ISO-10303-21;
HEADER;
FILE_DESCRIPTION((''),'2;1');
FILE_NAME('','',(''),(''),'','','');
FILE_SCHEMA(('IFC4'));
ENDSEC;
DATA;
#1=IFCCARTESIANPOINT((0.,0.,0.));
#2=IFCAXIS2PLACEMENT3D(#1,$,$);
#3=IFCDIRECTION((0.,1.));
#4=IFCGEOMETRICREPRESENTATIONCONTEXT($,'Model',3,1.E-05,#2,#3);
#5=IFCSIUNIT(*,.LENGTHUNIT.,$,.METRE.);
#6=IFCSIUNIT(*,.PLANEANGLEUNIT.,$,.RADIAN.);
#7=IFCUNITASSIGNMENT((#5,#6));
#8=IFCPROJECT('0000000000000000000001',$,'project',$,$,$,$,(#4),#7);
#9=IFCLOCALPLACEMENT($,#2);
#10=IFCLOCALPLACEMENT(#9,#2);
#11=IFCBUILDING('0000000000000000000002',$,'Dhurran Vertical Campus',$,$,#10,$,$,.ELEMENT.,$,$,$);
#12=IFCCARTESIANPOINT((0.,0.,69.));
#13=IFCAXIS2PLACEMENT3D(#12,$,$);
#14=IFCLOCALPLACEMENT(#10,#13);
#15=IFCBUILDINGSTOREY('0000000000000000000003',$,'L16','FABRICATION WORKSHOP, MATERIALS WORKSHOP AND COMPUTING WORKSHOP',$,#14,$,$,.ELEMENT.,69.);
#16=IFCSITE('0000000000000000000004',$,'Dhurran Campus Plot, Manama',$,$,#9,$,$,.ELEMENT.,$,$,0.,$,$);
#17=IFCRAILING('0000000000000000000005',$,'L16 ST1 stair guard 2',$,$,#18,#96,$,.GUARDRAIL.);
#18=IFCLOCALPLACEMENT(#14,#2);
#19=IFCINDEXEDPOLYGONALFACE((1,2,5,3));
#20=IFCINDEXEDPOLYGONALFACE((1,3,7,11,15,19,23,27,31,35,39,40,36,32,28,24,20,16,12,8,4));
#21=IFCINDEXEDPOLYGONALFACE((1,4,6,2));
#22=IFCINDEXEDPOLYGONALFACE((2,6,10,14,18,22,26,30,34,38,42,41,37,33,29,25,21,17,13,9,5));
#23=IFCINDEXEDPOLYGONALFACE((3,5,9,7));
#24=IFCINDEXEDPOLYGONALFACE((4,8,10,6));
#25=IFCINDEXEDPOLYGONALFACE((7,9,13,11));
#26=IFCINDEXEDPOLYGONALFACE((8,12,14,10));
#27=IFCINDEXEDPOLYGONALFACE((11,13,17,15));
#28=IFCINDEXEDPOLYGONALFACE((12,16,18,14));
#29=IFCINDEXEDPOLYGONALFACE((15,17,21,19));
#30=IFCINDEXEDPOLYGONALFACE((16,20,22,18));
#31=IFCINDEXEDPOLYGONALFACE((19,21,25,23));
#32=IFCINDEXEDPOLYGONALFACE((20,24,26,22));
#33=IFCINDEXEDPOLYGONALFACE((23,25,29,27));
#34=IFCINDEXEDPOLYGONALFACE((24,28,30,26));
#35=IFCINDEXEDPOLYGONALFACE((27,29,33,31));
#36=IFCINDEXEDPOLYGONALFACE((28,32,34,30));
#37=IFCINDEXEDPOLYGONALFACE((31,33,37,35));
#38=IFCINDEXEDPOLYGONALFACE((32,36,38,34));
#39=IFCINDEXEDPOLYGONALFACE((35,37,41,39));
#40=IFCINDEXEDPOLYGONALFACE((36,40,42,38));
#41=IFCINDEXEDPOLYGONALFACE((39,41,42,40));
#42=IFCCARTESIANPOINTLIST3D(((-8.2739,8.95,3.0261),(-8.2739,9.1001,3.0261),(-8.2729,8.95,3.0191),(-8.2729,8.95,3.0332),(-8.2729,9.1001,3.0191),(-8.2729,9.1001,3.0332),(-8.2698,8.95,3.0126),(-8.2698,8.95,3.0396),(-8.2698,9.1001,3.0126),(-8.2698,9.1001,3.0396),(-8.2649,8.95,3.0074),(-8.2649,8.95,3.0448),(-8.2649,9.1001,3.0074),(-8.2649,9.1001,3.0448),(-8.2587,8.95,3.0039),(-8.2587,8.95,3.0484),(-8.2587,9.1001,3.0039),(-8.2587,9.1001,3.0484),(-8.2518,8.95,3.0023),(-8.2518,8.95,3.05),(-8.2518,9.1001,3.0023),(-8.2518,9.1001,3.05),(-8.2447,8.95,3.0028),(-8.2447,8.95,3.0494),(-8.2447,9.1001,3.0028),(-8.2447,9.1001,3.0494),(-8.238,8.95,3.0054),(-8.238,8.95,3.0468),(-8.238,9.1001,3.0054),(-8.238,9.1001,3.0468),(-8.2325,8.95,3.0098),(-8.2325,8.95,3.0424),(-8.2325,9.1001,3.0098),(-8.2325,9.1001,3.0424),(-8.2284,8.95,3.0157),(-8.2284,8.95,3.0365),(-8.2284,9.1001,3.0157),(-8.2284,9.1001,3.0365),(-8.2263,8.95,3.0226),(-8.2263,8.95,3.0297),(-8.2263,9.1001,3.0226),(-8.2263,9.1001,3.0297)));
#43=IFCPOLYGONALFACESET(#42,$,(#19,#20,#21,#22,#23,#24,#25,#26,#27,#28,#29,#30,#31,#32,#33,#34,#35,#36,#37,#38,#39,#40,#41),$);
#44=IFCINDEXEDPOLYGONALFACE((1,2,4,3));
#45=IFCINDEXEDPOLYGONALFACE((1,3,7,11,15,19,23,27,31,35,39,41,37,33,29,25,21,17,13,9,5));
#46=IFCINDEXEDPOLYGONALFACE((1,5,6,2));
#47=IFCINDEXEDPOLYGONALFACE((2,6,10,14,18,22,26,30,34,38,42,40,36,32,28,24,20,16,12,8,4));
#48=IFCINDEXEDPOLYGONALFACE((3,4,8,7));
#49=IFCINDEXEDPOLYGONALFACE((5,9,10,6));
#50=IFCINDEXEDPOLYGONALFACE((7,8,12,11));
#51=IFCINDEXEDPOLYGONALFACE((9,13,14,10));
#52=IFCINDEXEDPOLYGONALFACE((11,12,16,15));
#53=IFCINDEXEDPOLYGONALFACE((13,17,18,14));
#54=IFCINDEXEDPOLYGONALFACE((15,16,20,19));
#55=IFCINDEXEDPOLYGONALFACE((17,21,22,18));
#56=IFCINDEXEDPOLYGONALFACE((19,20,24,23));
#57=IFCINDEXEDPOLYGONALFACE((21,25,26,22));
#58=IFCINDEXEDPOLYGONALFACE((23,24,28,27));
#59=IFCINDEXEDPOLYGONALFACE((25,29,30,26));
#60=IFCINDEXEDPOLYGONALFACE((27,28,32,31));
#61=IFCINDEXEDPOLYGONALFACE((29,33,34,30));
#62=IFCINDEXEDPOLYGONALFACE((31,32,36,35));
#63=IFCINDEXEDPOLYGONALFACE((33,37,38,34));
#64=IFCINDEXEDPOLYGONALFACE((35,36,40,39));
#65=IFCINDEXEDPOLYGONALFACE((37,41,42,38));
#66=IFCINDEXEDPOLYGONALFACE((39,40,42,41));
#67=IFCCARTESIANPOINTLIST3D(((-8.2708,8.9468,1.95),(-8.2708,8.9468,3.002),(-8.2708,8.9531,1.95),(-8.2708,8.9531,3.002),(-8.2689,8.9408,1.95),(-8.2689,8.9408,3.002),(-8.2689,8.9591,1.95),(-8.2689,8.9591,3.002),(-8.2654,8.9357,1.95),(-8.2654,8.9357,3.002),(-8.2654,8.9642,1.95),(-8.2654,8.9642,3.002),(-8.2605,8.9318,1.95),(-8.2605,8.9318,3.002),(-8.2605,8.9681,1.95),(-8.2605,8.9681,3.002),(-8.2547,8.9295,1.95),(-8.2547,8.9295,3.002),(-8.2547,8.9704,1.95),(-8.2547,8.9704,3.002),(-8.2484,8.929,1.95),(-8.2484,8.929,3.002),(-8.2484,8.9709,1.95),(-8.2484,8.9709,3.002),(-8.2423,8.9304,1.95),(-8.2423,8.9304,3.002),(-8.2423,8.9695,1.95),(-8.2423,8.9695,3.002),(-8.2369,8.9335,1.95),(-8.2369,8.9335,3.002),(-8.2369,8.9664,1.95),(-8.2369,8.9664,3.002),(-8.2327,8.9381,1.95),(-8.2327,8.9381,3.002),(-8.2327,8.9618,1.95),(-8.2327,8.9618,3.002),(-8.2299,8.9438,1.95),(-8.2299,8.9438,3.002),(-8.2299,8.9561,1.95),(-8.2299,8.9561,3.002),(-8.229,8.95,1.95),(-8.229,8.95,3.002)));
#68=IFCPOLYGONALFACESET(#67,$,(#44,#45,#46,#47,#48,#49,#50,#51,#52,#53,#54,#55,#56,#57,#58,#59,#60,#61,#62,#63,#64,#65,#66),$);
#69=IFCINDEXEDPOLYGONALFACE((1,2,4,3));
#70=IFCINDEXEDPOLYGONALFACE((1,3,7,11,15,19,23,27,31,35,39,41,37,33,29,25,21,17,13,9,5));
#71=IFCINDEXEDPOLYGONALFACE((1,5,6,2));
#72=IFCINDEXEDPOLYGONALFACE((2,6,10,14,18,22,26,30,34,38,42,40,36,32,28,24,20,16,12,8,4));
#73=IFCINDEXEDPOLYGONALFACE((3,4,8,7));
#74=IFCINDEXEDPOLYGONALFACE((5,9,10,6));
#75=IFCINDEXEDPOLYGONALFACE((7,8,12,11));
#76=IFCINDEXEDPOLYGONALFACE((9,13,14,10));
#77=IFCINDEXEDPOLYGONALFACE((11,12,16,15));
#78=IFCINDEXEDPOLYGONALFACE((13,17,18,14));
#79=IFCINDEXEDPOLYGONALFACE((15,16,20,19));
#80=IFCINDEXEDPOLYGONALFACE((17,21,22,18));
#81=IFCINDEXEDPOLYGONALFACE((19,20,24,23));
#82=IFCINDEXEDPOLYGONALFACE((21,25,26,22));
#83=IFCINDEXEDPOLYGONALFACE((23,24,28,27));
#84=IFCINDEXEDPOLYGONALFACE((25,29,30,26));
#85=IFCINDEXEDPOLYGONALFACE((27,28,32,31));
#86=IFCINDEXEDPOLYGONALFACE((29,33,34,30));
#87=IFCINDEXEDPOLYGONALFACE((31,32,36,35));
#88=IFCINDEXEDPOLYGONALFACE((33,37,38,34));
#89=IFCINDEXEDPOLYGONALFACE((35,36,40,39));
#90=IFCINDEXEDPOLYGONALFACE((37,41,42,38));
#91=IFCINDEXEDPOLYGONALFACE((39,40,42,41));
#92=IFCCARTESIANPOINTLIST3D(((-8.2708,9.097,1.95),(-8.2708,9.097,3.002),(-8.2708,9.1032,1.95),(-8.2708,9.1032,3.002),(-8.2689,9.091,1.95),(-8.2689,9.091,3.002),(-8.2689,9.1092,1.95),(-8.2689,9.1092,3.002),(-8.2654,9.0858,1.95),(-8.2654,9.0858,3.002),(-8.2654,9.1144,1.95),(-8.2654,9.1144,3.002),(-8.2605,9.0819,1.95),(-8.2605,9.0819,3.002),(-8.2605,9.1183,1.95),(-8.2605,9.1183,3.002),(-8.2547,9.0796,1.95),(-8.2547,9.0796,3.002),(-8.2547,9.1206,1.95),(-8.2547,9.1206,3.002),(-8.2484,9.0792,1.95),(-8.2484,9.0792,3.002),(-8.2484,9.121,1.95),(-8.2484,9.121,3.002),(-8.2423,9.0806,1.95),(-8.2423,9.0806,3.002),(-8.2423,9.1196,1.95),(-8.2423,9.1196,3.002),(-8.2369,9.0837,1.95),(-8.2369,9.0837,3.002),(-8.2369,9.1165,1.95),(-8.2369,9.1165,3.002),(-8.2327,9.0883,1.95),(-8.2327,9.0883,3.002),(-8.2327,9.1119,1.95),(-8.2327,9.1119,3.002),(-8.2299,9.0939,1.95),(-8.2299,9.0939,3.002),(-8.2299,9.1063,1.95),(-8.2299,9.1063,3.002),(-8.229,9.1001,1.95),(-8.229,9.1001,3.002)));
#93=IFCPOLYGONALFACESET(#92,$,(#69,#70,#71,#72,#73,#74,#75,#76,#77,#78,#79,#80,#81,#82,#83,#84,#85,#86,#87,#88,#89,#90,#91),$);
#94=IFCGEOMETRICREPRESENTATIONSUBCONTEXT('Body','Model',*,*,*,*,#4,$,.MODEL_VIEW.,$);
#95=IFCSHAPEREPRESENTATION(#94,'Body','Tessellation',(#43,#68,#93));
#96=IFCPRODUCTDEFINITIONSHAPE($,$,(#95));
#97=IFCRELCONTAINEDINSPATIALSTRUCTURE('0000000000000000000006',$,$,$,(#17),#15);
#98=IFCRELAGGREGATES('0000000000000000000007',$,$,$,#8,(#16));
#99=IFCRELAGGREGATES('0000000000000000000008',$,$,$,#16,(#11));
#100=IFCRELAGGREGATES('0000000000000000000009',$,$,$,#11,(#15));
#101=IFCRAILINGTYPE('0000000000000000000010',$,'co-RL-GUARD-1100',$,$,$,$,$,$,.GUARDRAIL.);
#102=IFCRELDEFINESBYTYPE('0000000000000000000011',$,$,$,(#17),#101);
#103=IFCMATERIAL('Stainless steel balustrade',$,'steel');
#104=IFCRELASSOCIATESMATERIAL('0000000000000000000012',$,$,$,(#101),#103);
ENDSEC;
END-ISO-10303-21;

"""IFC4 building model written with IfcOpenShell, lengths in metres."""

from ifc_helpers import new_model, si_unit, direction, frame, origin, origin_2d, place, context, subcontext, project, spatial, circle, extrude, material, type_object, element, save


model = new_model("IFC4")

# Units and contexts
model_context = context("Model", 3, precision=1e-05, world=origin(), true_north=direction((0.0, 1.0)))
body_context = subcontext(model_context, "Body", "Model", "MODEL_VIEW")
ifc_project = project(units=[si_unit("LENGTHUNIT", "METRE"), si_unit("PLANEANGLEUNIT", "RADIAN")], contexts=[model_context])

# Site, building, storey
site_placement = place(None, origin())
site = spatial("IfcSite", under=ifc_project, at=site_placement, Name="Dhurran Campus Plot, Manama", CompositionType="ELEMENT", RefElevation=0.0)
building_placement = place(site_placement, origin())
building = spatial("IfcBuilding", under=site, at=building_placement, Name="Dhurran Vertical Campus", CompositionType="ELEMENT")
storey_placement = place(building_placement, frame((0.0, 0.0, 69.0)))
storey = spatial("IfcBuildingStorey", under=building, at=storey_placement, Name="L16", Description="FABRICATION WORKSHOP, MATERIALS WORKSHOP AND COMPUTING WORKSHOP", CompositionType="ELEMENT", Elevation=69.0)

# Railing
ifc_material_1 = material(Name="Stainless steel balustrade", Category="steel")
railing_type_1 = type_object("IfcRailingType", Name="co-RL-GUARD-1100", PredefinedType="GUARDRAIL", material=ifc_material_1)
railing_1_placement = place(storey_placement, frame((-8.25, 8.95, 1.95)))
element("IfcRailing", 1, at=railing_1_placement, inside=storey, type_object=railing_type_1, Name="L16 ST1 stair guard 2", PredefinedType="GUARDRAIL", context=body_context, shape_type="SweptSolid", body=[
    extrude(circle(Radius=0.0239, at=origin_2d()), frame((0.0, 0.0, 1.0762), z_axis=(0.0, 1.0, 0.0), x_axis=(-1.0, 0.0, 0.0)), (0.0, 0.0, 1.0), 0.1501),
    extrude(circle(Radius=0.021, at=origin_2d()), origin(), (0.0, 0.0, 1.0), 1.052),
    extrude(circle(Radius=0.021, at=origin_2d()), frame((0.0, 0.1501, 0.0)), (0.0, 0.0, 1.0), 1.052),
])

save(model, "model.ifc")
